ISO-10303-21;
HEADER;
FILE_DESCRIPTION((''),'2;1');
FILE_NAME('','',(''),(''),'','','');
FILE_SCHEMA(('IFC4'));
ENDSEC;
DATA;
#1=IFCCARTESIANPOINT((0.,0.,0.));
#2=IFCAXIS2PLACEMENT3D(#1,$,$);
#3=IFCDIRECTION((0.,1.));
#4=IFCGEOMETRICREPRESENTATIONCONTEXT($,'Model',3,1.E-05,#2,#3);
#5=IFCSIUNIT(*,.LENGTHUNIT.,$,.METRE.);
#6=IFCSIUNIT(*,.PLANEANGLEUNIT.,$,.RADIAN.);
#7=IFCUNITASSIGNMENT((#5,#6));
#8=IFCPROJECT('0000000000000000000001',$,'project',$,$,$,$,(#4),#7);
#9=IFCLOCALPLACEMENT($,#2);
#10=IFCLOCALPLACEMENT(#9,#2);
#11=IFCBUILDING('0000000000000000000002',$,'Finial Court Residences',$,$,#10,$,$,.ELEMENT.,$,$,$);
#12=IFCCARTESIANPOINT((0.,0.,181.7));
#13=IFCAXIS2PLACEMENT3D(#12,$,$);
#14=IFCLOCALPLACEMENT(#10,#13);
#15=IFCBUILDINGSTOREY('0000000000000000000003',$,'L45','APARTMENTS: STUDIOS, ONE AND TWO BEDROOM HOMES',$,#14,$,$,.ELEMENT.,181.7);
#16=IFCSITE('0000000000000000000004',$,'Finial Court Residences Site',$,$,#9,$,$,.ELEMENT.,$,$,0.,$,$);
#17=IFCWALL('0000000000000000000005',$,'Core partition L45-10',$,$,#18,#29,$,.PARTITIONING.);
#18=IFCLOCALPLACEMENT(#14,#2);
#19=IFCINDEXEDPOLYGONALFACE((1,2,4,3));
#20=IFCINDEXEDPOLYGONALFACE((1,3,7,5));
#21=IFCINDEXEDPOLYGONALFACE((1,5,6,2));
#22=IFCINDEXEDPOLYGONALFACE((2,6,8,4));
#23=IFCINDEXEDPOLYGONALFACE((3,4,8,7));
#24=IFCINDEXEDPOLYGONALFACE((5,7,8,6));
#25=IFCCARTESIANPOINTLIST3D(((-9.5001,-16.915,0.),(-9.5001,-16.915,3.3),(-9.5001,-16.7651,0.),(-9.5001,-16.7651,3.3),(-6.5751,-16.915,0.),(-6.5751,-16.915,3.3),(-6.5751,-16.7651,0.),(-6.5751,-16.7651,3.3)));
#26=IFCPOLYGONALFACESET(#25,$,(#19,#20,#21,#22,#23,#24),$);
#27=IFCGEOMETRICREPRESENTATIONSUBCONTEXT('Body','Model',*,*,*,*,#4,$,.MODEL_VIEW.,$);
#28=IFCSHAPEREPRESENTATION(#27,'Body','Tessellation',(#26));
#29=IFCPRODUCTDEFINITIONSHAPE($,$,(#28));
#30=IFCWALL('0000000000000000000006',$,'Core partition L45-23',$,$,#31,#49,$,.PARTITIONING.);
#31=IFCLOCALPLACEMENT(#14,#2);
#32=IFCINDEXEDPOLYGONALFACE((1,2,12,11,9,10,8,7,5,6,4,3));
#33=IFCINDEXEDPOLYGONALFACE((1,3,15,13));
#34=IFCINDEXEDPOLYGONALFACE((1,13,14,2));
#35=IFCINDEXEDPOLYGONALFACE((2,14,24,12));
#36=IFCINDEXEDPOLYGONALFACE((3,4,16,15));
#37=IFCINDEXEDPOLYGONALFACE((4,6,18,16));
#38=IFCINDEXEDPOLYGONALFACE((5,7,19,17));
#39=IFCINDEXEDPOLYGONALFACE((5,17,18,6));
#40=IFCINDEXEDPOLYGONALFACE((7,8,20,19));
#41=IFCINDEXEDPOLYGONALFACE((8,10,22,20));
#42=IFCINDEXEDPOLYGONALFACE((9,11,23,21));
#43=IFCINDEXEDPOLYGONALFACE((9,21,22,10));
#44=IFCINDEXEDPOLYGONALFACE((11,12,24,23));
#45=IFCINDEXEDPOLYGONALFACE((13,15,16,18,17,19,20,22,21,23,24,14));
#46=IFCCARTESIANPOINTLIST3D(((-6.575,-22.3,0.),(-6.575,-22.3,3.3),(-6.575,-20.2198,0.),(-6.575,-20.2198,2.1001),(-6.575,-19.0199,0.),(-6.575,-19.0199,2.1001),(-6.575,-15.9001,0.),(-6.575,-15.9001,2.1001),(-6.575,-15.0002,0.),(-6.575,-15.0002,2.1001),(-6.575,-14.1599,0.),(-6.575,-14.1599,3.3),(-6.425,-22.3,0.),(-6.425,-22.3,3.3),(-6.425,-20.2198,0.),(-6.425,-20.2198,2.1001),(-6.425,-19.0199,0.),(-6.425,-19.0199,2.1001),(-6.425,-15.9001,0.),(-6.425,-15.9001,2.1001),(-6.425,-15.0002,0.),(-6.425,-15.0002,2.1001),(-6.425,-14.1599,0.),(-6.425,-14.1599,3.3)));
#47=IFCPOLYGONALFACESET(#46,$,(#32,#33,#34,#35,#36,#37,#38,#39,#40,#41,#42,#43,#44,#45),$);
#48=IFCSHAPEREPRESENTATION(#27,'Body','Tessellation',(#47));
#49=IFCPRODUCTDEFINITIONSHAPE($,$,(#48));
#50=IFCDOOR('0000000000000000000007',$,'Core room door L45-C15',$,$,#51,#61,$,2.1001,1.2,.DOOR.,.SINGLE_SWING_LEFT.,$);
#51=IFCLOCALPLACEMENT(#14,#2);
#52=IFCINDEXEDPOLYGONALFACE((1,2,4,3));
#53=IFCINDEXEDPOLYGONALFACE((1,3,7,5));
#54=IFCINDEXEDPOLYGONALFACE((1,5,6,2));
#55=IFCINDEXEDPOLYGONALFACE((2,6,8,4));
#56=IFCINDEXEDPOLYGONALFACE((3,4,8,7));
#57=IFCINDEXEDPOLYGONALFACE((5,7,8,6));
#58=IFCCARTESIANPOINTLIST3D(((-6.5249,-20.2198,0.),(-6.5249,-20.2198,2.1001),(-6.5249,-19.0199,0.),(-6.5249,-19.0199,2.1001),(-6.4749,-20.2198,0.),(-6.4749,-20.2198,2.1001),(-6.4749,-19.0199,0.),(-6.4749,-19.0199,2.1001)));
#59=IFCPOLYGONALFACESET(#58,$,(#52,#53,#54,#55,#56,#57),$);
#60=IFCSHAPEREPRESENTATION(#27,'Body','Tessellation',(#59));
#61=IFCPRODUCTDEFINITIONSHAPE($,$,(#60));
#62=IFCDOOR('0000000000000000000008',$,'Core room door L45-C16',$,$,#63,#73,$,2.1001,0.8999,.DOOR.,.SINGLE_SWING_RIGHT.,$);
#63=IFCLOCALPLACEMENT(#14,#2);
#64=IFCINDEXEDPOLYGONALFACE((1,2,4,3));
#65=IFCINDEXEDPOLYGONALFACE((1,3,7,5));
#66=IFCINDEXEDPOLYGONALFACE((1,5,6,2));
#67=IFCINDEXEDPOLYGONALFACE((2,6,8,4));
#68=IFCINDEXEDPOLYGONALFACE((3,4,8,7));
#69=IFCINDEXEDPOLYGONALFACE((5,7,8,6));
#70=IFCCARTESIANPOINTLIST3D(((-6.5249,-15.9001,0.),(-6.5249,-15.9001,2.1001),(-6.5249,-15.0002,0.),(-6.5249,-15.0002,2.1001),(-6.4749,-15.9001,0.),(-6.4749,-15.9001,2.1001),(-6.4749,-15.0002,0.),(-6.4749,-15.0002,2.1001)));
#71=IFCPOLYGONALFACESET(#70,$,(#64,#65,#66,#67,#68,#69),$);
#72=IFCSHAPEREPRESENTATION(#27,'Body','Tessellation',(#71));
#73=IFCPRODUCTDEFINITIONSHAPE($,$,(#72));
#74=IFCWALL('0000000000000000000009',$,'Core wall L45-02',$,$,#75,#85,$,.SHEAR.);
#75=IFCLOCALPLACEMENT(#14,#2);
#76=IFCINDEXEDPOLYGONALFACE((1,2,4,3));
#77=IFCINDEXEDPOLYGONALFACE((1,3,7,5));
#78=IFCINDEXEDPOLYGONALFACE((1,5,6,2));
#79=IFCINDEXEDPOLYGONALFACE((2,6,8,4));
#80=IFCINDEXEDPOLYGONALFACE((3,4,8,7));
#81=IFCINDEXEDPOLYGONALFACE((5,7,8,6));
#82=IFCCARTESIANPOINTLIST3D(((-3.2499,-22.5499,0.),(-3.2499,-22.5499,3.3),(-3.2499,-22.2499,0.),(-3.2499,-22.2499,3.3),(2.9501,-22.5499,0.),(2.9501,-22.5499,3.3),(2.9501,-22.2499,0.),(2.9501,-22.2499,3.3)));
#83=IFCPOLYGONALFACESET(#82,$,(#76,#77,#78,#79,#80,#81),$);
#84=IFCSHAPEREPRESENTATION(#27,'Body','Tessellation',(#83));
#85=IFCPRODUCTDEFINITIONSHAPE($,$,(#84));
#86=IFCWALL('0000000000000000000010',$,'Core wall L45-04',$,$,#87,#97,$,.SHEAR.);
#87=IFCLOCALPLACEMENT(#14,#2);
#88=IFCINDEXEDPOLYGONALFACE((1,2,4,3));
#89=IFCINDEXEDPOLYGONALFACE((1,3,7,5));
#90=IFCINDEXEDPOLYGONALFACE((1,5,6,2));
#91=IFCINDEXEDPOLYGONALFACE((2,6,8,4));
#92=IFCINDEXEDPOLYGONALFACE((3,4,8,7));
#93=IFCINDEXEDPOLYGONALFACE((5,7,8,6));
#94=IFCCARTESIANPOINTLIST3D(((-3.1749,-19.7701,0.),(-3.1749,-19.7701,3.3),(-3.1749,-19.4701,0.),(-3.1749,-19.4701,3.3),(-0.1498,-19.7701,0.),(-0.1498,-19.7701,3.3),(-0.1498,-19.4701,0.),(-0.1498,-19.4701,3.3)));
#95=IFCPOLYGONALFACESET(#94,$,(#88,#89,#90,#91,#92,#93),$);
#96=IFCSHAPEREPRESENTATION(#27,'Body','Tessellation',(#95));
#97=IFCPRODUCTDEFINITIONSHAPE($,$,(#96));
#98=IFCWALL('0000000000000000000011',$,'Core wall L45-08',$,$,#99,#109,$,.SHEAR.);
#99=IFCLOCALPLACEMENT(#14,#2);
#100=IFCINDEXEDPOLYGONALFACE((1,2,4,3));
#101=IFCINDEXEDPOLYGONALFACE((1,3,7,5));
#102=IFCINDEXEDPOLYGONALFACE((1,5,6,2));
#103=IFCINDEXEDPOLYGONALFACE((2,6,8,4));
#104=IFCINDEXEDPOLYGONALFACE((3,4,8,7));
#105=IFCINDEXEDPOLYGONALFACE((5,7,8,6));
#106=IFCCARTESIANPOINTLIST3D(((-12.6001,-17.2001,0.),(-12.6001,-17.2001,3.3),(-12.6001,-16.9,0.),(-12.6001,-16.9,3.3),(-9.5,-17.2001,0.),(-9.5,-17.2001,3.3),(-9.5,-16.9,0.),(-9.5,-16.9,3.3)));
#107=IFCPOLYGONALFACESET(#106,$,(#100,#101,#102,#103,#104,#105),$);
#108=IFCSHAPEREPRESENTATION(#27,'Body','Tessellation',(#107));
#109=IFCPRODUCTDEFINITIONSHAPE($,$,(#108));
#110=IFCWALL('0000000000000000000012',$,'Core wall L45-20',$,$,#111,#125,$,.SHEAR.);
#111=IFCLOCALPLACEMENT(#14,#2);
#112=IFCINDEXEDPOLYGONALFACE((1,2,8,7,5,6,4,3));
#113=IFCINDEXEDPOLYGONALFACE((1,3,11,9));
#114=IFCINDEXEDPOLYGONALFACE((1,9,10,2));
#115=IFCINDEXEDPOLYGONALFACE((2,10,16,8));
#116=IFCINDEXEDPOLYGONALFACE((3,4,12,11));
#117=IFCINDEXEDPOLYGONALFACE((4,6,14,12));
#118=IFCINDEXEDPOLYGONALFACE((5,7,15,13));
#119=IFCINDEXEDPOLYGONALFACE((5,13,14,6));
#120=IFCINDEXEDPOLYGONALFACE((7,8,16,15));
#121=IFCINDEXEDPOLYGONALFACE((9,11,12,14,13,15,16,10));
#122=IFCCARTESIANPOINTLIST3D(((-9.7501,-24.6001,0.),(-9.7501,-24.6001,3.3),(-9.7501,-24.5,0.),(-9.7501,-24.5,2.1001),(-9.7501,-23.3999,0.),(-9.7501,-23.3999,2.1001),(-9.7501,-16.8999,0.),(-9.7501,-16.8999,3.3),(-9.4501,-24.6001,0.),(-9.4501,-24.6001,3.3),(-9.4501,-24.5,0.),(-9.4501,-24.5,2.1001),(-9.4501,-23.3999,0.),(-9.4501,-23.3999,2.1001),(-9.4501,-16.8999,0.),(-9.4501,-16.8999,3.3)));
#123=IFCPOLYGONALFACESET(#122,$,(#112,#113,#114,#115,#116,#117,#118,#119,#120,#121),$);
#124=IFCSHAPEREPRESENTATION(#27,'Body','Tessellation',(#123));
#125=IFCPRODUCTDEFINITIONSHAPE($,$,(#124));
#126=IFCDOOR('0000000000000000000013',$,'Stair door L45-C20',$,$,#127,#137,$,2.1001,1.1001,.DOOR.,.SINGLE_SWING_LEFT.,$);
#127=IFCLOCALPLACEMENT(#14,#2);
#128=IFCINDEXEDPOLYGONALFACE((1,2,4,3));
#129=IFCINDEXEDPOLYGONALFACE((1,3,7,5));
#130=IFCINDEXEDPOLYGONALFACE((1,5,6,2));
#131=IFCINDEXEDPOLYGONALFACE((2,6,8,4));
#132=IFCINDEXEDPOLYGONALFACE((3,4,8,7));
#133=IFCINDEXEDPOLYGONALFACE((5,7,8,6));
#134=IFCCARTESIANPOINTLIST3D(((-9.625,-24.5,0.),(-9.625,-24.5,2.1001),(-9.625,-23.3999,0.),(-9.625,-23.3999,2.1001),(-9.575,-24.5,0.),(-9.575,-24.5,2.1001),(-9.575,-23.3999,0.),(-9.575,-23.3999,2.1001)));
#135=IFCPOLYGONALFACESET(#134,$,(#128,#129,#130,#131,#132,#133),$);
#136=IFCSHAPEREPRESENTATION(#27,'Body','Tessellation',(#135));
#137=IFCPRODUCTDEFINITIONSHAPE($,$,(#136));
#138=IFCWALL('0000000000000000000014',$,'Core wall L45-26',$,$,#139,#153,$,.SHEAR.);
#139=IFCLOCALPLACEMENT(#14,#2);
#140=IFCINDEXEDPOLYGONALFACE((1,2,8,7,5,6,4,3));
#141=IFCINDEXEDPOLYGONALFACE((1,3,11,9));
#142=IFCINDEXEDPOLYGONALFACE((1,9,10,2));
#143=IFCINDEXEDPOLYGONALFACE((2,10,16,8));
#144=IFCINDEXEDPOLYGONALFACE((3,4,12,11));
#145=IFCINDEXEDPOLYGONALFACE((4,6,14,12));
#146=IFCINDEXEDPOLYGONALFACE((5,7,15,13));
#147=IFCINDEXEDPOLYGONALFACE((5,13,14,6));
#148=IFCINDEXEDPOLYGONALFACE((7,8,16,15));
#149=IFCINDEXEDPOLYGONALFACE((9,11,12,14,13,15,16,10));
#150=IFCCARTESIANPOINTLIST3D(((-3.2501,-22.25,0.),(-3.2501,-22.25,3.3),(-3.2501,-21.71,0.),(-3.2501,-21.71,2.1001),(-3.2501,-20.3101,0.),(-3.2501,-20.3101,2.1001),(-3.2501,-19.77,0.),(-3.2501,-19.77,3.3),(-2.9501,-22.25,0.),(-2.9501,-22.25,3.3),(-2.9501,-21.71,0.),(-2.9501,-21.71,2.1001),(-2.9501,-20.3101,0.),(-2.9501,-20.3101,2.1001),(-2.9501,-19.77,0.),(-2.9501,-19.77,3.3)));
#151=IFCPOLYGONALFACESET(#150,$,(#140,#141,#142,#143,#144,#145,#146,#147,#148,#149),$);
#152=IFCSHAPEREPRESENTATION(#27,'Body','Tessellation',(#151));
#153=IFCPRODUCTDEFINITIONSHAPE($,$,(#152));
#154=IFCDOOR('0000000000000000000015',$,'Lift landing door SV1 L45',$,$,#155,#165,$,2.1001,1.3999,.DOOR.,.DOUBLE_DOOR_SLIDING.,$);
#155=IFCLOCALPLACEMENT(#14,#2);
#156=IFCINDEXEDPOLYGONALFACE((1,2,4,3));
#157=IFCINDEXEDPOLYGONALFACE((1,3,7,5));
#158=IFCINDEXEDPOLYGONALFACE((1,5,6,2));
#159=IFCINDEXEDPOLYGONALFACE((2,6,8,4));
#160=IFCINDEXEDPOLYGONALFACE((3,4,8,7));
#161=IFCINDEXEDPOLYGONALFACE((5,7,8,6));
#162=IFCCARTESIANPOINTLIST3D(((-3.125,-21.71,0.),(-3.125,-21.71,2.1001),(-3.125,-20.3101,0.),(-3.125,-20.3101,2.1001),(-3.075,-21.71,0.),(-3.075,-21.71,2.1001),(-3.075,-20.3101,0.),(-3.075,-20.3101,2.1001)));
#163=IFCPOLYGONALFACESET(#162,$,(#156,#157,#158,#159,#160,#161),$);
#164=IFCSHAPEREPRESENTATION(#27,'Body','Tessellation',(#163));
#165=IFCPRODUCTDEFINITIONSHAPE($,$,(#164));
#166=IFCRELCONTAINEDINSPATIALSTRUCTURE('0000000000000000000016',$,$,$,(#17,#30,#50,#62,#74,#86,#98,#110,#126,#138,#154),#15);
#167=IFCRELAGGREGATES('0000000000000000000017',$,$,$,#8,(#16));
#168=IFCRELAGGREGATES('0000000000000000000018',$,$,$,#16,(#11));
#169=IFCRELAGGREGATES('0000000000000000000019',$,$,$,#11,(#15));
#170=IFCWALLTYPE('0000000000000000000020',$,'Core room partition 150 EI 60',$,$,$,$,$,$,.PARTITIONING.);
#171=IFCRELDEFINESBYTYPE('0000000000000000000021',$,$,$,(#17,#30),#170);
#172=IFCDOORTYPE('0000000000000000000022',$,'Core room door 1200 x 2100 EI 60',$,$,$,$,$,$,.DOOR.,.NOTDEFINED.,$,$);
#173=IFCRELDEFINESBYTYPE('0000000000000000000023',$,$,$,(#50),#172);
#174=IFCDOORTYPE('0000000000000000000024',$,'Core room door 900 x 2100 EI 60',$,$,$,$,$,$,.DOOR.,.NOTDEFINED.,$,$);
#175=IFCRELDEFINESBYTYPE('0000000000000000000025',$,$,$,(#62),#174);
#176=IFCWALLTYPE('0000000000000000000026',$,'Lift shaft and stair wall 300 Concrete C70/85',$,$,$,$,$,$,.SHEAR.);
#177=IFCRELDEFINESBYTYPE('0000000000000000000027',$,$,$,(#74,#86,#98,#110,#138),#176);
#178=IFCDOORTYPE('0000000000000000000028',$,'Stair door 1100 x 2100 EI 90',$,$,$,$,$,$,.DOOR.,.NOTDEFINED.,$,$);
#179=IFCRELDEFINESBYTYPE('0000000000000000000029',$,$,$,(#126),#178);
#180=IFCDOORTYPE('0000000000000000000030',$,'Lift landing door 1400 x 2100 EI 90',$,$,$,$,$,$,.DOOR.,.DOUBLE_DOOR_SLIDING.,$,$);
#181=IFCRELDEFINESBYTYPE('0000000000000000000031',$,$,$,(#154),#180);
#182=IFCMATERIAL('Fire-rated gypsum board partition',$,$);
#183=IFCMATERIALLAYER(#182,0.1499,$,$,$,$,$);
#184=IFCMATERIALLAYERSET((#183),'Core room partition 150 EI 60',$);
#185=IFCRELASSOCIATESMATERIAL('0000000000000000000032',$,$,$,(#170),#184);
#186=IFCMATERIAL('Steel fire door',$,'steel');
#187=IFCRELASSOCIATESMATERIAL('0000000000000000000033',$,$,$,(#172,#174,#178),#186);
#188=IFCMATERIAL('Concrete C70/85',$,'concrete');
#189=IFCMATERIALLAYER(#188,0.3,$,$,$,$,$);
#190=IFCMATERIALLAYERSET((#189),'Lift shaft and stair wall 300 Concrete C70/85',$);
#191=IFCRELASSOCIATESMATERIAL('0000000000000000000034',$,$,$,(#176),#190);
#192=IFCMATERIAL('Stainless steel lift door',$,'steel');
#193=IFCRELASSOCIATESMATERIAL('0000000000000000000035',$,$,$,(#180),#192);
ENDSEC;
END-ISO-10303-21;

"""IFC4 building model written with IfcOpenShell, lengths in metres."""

from ifc_helpers import new_model, si_unit, direction, frame, frame_2d, origin, place, context, subcontext, project, spatial, rectangle, extrude, material, layer, layer_set, type_object, element, fill, save


model = new_model("IFC4")

# Units and contexts
model_context = context("Model", 3, precision=1e-05, world=origin(), true_north=direction((0.0, 1.0)))
body_context = subcontext(model_context, "Body", "Model", "MODEL_VIEW")
ifc_project = project(units=[si_unit("LENGTHUNIT", "METRE"), si_unit("PLANEANGLEUNIT", "RADIAN")], contexts=[model_context])

# Site, building, storey
site_placement = place(None, origin())
site = spatial("IfcSite", under=ifc_project, at=site_placement, Name="Finial Court Residences Site", CompositionType="ELEMENT", RefElevation=0.0)
building_placement = place(site_placement, origin())
building = spatial("IfcBuilding", under=site, at=building_placement, Name="Finial Court Residences", CompositionType="ELEMENT")
storey_placement = place(building_placement, frame((0.0, 0.0, 181.7)))
storey = spatial("IfcBuildingStorey", under=building, at=storey_placement, Name="L45", Description="APARTMENTS: STUDIOS, ONE AND TWO BEDROOM HOMES", CompositionType="ELEMENT", Elevation=181.7)

# Wall
ifc_material_1 = material(Name="Fire-rated gypsum board partition")
ifc_layer_1 = layer(ifc_material_1, 0.1499)
ifc_layer_set_1 = layer_set([ifc_layer_1], Name="Core room partition 150 EI 60")
wall_type_1 = type_object("IfcWallType", Name="Core room partition 150 EI 60", PredefinedType="PARTITIONING", material=ifc_layer_set_1)
wall_1_placement = place(storey_placement, frame((-9.5, -16.8401, 0.0), z_axis=(0.0, 0.0, 1.0), x_axis=(1.0, 0.0, 0.0)))
element("IfcWall", 1, at=wall_1_placement, inside=storey, type_object=wall_type_1, Name="Core partition L45-10", PredefinedType="PARTITIONING", context=body_context, shape_type="SweptSolid", body=[
    extrude(rectangle(XDim=2.925, YDim=0.1499, at=frame_2d((1.4624, 0.0))), origin(), (0.0, 0.0, 1.0), 3.3),
])

# Wall, openings, doors
wall_2_placement = place(storey_placement, frame((-6.5, -22.3, 0.0), z_axis=(0.0, 0.0, 1.0), x_axis=(0.0, 1.0, 0.0)))
wall_2 = element("IfcWall", 2, at=wall_2_placement, inside=storey, type_object=wall_type_1, Name="Core partition L45-23", PredefinedType="PARTITIONING", context=body_context, shape_type="SweptSolid", body=[
    extrude(rectangle(XDim=8.1401, YDim=0.1499, at=frame_2d((4.0701, 0.0))), origin(), (0.0, 0.0, 1.0), 3.3),
])
opening_1_placement = place(wall_2_placement, frame((2.0801, 0.0, 0.0)))
opening_1 = element("IfcOpeningElement", 3, at=opening_1_placement, cuts=wall_2, PredefinedType="OPENING", context=body_context, shape_type="SweptSolid", body=[
    extrude(rectangle(XDim=1.2, YDim=2.1001, at=frame_2d((0.6001, 1.05))), frame((0.0, 0.085, 0.0), z_axis=(0.0, -1.0, 0.0), x_axis=(1.0, 0.0, 0.0)), (0.0, 0.0, 1.0), 0.1699),
])
opening_2_placement = place(wall_2_placement, frame((6.3999, 0.0, 0.0)))
opening_2 = element("IfcOpeningElement", 4, at=opening_2_placement, cuts=wall_2, PredefinedType="OPENING", context=body_context, shape_type="SweptSolid", body=[
    extrude(rectangle(XDim=0.8999, YDim=2.1001, at=frame_2d((0.45, 1.05))), frame((0.0, 0.085, 0.0), z_axis=(0.0, -1.0, 0.0), x_axis=(1.0, 0.0, 0.0)), (0.0, 0.0, 1.0), 0.1699),
])
ifc_material_2 = material(Name="Steel fire door", Category="steel")
door_type_1 = type_object("IfcDoorType", Name="Core room door 1200 x 2100 EI 60", OperationType="NOTDEFINED", PredefinedType="DOOR", material=ifc_material_2)
door_1_placement = place(opening_1_placement, origin())
door_1 = element("IfcDoor", 5, at=door_1_placement, inside=storey, type_object=door_type_1, Name="Core room door L45-C15", OperationType="SINGLE_SWING_LEFT", OverallHeight=2.1001, OverallWidth=1.2, PredefinedType="DOOR", context=body_context, shape_type="SweptSolid", body=[
    extrude(rectangle(XDim=1.2, YDim=2.1001, at=frame_2d((0.6001, 1.05))), frame((0.0, 0.0249, 0.0), z_axis=(0.0, -1.0, 0.0), x_axis=(1.0, 0.0, 0.0)), (0.0, 0.0, 1.0), 0.05),
])
fill(opening_1, door_1)
door_type_2 = type_object("IfcDoorType", Name="Core room door 900 x 2100 EI 60", OperationType="NOTDEFINED", PredefinedType="DOOR", material=ifc_material_2)
door_2_placement = place(opening_2_placement, origin())
door_2 = element("IfcDoor", 6, at=door_2_placement, inside=storey, type_object=door_type_2, Name="Core room door L45-C16", OperationType="SINGLE_SWING_RIGHT", OverallHeight=2.1001, OverallWidth=0.8999, PredefinedType="DOOR", context=body_context, shape_type="SweptSolid", body=[
    extrude(rectangle(XDim=0.8999, YDim=2.1001, at=frame_2d((0.45, 1.05))), frame((0.0, 0.0249, 0.0), z_axis=(0.0, -1.0, 0.0), x_axis=(1.0, 0.0, 0.0)), (0.0, 0.0, 1.0), 0.05),
])
fill(opening_2, door_2)

# Walls
ifc_material_3 = material(Name="Concrete C70/85", Category="concrete")
ifc_layer_2 = layer(ifc_material_3, 0.3)
ifc_layer_set_2 = layer_set([ifc_layer_2], Name="Lift shaft and stair wall 300 Concrete C70/85")
wall_type_2 = type_object("IfcWallType", Name="Lift shaft and stair wall 300 Concrete C70/85", PredefinedType="SHEAR", material=ifc_layer_set_2)
wall_3_placement = place(storey_placement, frame((-3.25, -22.3999, 0.0), z_axis=(0.0, 0.0, 1.0), x_axis=(1.0, 0.0, 0.0)))
element("IfcWall", 7, at=wall_3_placement, inside=storey, type_object=wall_type_2, Name="Core wall L45-02", PredefinedType="SHEAR", context=body_context, shape_type="SweptSolid", body=[
    extrude(rectangle(XDim=6.2, YDim=0.3, at=frame_2d((3.1001, 0.0))), origin(), (0.0, 0.0, 1.0), 3.3),
])
wall_4_placement = place(storey_placement, frame((-3.175, -19.6201, 0.0), z_axis=(0.0, 0.0, 1.0), x_axis=(1.0, 0.0, 0.0)))
element("IfcWall", 8, at=wall_4_placement, inside=storey, type_object=wall_type_2, Name="Core wall L45-04", PredefinedType="SHEAR", context=body_context, shape_type="SweptSolid", body=[
    extrude(rectangle(XDim=3.0251, YDim=0.3, at=frame_2d((1.5127, 0.0))), origin(), (0.0, 0.0, 1.0), 3.3),
])
wall_5_placement = place(storey_placement, frame((-12.6001, -17.05, 0.0), z_axis=(0.0, 0.0, 1.0), x_axis=(1.0, 0.0, 0.0)))
element("IfcWall", 9, at=wall_5_placement, inside=storey, type_object=wall_type_2, Name="Core wall L45-08", PredefinedType="SHEAR", context=body_context, shape_type="SweptSolid", body=[
    extrude(rectangle(XDim=3.1001, YDim=0.3, at=frame_2d((1.55, 0.0))), origin(), (0.0, 0.0, 1.0), 3.3),
])

# Walls, openings, doors
wall_6_placement = place(storey_placement, frame((-9.6001, -24.6001, 0.0), z_axis=(0.0, 0.0, 1.0), x_axis=(0.0, 1.0, 0.0)))
wall_6 = element("IfcWall", 10, at=wall_6_placement, inside=storey, type_object=wall_type_2, Name="Core wall L45-20", PredefinedType="SHEAR", context=body_context, shape_type="SweptSolid", body=[
    extrude(rectangle(XDim=7.7002, YDim=0.3, at=frame_2d((3.8501, 0.0))), origin(), (0.0, 0.0, 1.0), 3.3),
])
opening_3_placement = place(wall_6_placement, frame((0.1001, 0.0, 0.0)))
opening_3 = element("IfcOpeningElement", 11, at=opening_3_placement, cuts=wall_6, PredefinedType="OPENING", context=body_context, shape_type="SweptSolid", body=[
    extrude(rectangle(XDim=1.1001, YDim=2.1001, at=frame_2d((0.55, 1.05))), frame((0.0, 0.1599, 0.0), z_axis=(0.0, -1.0, 0.0), x_axis=(1.0, 0.0, 0.0)), (0.0, 0.0, 1.0), 0.3201),
])
door_type_3 = type_object("IfcDoorType", Name="Stair door 1100 x 2100 EI 90", OperationType="NOTDEFINED", PredefinedType="DOOR", material=ifc_material_2)
door_3_placement = place(opening_3_placement, origin())
door_3 = element("IfcDoor", 12, at=door_3_placement, inside=storey, type_object=door_type_3, Name="Stair door L45-C20", OperationType="SINGLE_SWING_LEFT", OverallHeight=2.1001, OverallWidth=1.1001, PredefinedType="DOOR", context=body_context, shape_type="SweptSolid", body=[
    extrude(rectangle(XDim=1.1001, YDim=2.1001, at=frame_2d((0.55, 1.05))), frame((0.0, 0.0249, 0.0), z_axis=(0.0, -1.0, 0.0), x_axis=(1.0, 0.0, 0.0)), (0.0, 0.0, 1.0), 0.05),
])
fill(opening_3, door_3)
wall_7_placement = place(storey_placement, frame((-3.1001, -22.25, 0.0), z_axis=(0.0, 0.0, 1.0), x_axis=(0.0, 1.0, 0.0)))
wall_7 = element("IfcWall", 13, at=wall_7_placement, inside=storey, type_object=wall_type_2, Name="Core wall L45-26", PredefinedType="SHEAR", context=body_context, shape_type="SweptSolid", body=[
    extrude(rectangle(XDim=2.48, YDim=0.3, at=frame_2d((1.24, 0.0))), origin(), (0.0, 0.0, 1.0), 3.3),
])
opening_4_placement = place(wall_7_placement, frame((0.54, 0.0, 0.0)))
opening_4 = element("IfcOpeningElement", 14, at=opening_4_placement, cuts=wall_7, PredefinedType="OPENING", context=body_context, shape_type="SweptSolid", body=[
    extrude(rectangle(XDim=1.3999, YDim=2.1001, at=frame_2d((0.7, 1.05))), frame((0.0, 0.1599, 0.0), z_axis=(0.0, -1.0, 0.0), x_axis=(1.0, 0.0, 0.0)), (0.0, 0.0, 1.0), 0.3201),
])
ifc_material_4 = material(Name="Stainless steel lift door", Category="steel")
door_type_4 = type_object("IfcDoorType", Name="Lift landing door 1400 x 2100 EI 90", OperationType="DOUBLE_DOOR_SLIDING", PredefinedType="DOOR", material=ifc_material_4)
door_4_placement = place(opening_4_placement, origin())
door_4 = element("IfcDoor", 15, at=door_4_placement, inside=storey, type_object=door_type_4, Name="Lift landing door SV1 L45", OperationType="DOUBLE_DOOR_SLIDING", OverallHeight=2.1001, OverallWidth=1.3999, PredefinedType="DOOR", context=body_context, shape_type="SweptSolid", body=[
    extrude(rectangle(XDim=1.3999, YDim=2.1001, at=frame_2d((0.7, 1.05))), frame((0.0, 0.0249, 0.0), z_axis=(0.0, -1.0, 0.0), x_axis=(1.0, 0.0, 0.0)), (0.0, 0.0, 1.0), 0.05),
])
fill(opening_4, door_4)

save(model, "model.ifc")
